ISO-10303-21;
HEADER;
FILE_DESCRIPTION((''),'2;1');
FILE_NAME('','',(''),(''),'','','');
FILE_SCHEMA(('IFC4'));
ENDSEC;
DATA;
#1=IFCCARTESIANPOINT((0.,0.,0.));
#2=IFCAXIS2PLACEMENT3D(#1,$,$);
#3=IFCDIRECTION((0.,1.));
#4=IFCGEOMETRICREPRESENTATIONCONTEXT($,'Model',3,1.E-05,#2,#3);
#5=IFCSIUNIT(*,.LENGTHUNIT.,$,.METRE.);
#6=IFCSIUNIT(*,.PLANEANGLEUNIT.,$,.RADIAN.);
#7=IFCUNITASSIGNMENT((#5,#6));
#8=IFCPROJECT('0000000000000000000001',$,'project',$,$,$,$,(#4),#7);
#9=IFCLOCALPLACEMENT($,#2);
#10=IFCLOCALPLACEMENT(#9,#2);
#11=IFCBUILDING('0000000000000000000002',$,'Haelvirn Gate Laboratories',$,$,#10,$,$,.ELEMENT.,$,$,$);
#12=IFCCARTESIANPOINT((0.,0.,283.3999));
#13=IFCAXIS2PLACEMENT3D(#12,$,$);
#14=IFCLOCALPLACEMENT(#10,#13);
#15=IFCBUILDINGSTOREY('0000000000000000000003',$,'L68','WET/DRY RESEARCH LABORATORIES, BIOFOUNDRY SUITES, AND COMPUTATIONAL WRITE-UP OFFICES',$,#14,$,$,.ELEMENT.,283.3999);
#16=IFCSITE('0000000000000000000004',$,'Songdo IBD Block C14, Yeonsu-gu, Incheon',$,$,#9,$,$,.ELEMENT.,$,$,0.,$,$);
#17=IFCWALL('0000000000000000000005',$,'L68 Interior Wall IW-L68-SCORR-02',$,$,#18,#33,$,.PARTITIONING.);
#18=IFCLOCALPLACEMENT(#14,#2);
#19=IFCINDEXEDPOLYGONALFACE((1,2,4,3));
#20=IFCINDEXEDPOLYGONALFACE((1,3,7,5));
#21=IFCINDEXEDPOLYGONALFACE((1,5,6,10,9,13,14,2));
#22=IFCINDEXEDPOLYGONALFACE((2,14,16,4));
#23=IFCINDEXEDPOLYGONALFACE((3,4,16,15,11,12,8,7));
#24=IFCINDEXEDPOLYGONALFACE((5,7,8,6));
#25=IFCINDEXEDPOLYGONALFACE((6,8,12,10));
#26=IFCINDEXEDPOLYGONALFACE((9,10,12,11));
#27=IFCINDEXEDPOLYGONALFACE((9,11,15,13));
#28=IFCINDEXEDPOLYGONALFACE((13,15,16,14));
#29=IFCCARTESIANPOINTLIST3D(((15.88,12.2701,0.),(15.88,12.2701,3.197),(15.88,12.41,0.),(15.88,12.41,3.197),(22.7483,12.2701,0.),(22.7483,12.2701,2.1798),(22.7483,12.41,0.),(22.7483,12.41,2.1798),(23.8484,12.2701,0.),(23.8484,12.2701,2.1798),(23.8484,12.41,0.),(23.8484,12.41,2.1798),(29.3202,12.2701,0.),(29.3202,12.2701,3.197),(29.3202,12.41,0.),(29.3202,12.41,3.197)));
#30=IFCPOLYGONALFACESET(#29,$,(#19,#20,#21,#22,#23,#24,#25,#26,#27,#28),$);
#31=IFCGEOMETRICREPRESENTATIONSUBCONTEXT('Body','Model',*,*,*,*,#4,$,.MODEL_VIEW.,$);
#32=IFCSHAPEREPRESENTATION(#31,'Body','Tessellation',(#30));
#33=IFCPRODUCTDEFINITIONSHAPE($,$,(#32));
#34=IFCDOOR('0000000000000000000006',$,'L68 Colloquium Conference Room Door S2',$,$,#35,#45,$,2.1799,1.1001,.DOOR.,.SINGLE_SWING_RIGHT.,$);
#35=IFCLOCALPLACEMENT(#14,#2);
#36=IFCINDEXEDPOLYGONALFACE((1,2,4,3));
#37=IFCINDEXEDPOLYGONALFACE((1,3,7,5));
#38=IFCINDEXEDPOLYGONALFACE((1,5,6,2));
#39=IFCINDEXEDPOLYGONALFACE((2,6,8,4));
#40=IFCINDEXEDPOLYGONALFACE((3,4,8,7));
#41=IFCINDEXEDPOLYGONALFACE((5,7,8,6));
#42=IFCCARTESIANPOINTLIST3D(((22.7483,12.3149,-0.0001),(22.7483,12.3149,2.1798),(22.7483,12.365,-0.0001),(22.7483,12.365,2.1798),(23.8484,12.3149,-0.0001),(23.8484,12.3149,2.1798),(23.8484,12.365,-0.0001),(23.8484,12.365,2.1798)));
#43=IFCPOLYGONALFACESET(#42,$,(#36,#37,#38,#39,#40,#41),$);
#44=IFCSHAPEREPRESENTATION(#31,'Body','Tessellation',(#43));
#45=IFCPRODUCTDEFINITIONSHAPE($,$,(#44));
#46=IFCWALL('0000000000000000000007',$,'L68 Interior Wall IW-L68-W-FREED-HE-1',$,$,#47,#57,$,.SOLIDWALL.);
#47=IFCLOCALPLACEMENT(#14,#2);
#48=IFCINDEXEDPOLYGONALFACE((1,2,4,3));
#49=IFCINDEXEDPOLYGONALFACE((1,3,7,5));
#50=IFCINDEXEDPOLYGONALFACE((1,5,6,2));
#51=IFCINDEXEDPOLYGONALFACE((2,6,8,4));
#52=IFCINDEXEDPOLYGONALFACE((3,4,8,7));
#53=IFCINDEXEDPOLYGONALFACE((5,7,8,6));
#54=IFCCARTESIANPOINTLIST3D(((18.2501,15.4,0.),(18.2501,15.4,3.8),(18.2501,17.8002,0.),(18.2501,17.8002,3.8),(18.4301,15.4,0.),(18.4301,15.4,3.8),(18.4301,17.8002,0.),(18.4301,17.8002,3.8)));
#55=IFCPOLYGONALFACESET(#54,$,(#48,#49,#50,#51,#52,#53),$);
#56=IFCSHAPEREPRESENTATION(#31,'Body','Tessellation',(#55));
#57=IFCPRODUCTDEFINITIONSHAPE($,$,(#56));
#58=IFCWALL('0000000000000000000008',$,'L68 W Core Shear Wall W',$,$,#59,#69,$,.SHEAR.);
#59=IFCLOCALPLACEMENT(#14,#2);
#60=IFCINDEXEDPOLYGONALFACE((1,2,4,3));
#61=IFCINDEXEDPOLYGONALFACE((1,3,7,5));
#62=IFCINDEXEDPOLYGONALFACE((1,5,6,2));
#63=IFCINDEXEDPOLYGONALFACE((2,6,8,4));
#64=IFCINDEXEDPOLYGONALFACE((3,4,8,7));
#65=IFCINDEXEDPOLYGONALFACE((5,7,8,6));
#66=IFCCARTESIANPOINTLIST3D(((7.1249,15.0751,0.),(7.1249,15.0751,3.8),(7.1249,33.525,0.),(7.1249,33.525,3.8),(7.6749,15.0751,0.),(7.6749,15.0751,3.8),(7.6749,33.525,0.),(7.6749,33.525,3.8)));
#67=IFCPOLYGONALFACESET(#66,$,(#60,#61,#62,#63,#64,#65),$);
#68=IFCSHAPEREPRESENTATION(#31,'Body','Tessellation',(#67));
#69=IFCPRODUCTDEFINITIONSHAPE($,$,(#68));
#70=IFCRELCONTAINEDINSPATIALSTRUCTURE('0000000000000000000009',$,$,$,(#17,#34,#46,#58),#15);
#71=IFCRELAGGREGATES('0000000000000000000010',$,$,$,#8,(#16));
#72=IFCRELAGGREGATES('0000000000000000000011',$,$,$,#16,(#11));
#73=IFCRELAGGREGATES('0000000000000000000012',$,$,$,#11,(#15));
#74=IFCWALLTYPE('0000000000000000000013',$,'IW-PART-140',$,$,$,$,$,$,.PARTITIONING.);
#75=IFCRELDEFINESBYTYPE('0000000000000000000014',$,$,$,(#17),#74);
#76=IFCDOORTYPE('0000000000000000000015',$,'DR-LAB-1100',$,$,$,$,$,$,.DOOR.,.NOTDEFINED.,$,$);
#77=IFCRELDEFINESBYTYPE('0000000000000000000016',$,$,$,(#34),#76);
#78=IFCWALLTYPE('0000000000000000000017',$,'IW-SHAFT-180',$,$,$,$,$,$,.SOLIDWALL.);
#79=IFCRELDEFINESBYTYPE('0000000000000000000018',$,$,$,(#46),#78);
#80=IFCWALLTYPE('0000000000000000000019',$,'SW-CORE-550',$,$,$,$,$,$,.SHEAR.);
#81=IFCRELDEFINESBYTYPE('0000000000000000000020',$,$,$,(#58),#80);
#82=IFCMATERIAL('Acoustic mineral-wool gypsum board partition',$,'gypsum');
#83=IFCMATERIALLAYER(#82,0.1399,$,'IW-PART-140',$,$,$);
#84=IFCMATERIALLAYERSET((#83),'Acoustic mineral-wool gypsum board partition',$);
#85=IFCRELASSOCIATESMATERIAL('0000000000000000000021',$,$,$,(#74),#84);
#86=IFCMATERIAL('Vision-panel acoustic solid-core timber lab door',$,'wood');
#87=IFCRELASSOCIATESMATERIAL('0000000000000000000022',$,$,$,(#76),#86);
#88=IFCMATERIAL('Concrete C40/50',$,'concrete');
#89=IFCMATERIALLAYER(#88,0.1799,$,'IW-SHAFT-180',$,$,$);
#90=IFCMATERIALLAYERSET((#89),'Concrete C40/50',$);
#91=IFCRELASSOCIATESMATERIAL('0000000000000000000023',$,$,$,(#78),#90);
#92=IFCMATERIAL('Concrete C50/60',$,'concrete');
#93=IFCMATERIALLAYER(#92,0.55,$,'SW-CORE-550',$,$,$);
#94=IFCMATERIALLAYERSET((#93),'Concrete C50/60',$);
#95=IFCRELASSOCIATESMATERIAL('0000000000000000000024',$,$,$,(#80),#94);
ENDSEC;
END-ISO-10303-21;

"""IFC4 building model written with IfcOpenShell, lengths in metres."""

from ifc_helpers import new_model, si_unit, direction, frame, frame_2d, origin, place, context, subcontext, project, spatial, rectangle, extrude, source, transform, mapped, material, layer, layer_set, type_object, type_shapes, element, fill, save


model = new_model("IFC4")

# Units and contexts
model_context = context("Model", 3, precision=1e-05, world=origin(), true_north=direction((0.0, 1.0)))
body_context = subcontext(model_context, "Body", "Model", "MODEL_VIEW")
ifc_project = project(units=[si_unit("LENGTHUNIT", "METRE"), si_unit("PLANEANGLEUNIT", "RADIAN")], contexts=[model_context])

# Site, building, storey
site_placement = place(None, origin())
site = spatial("IfcSite", under=ifc_project, at=site_placement, Name="Songdo IBD Block C14, Yeonsu-gu, Incheon", CompositionType="ELEMENT", RefElevation=0.0)
building_placement = place(site_placement, origin())
building = spatial("IfcBuilding", under=site, at=building_placement, Name="Haelvirn Gate Laboratories", CompositionType="ELEMENT")
storey_placement = place(building_placement, frame((0.0, 0.0, 283.3999)))
storey = spatial("IfcBuildingStorey", under=building, at=storey_placement, Name="L68", Description="WET/DRY RESEARCH LABORATORIES, BIOFOUNDRY SUITES, AND COMPUTATIONAL WRITE-UP OFFICES", CompositionType="ELEMENT", Elevation=283.3999)

# Shared definitions
ifc_material_1 = material(Name="Concrete C50/60", Category="concrete")

# Wall, opening, door
ifc_material_2 = material(Name="Acoustic mineral-wool gypsum board partition", Category="gypsum")
ifc_layer_1 = layer(ifc_material_2, 0.1399, Name="IW-PART-140")
ifc_layer_set_1 = layer_set([ifc_layer_1], Name="Acoustic mineral-wool gypsum board partition")
wall_type_1 = type_object("IfcWallType", Name="IW-PART-140", PredefinedType="PARTITIONING", material=ifc_layer_set_1)
wall_1_placement = place(storey_placement, frame((15.8799, 12.3401, 0.0), z_axis=(0.0, 0.0, 1.0), x_axis=(1.0, 0.0, 0.0)))
wall_1 = element("IfcWall", 1, at=wall_1_placement, inside=storey, type_object=wall_type_1, Name="L68 Interior Wall IW-L68-SCORR-02", PredefinedType="PARTITIONING", context=body_context, shape_type="SweptSolid", body=[
    extrude(rectangle(XDim=13.4402, YDim=0.1399, at=frame_2d((6.7202, 0.0))), origin(), (0.0, 0.0, 1.0), 3.197),
])
opening_placement = place(wall_1_placement, frame((6.8684, 0.0, 0.0)))
opening = element("IfcOpeningElement", 2, at=opening_placement, cuts=wall_1, PredefinedType="OPENING", context=body_context, shape_type="SweptSolid", body=[
    extrude(rectangle(XDim=1.1001, YDim=2.1799, at=frame_2d((0.55, 1.0898))), frame((0.0, 0.0801, 0.0), z_axis=(0.0, -1.0, 0.0), x_axis=(1.0, 0.0, 0.0)), (0.0, 0.0, 1.0), 0.1599),
])
ifc_material_3 = material(Name="Vision-panel acoustic solid-core timber lab door", Category="wood")
door_type = type_object("IfcDoorType", Name="DR-LAB-1100", OperationType="NOTDEFINED", PredefinedType="DOOR", material=ifc_material_3)
shared_shape_1 = source(origin(), body_context, "Body", "SweptSolid", [
    extrude(rectangle(XDim=1.1001, YDim=2.1799, at=frame_2d((0.55, 1.0898))), frame((0.0, 0.0249, 0.0), z_axis=(0.0, -1.0, 0.0), x_axis=(1.0, 0.0, 0.0)), (0.0, 0.0, 1.0), 0.05),
])
type_shapes(door_type, [shared_shape_1])
door_placement = place(opening_placement, origin())
door = element("IfcDoor", 3, at=door_placement, inside=storey, type_object=door_type, Name="L68 Colloquium Conference Room Door S2", OperationType="SINGLE_SWING_RIGHT", OverallHeight=2.1799, OverallWidth=1.1001, PredefinedType="DOOR", context=body_context, shape_type="MappedRepresentation", body=[
    mapped(shared_shape_1, transform((0.0, 0.0, 0.0), scale=1.0)),
])
fill(opening, door)

# Walls
ifc_material_4 = material(Name="Concrete C40/50", Category="concrete")
ifc_layer_2 = layer(ifc_material_4, 0.1799, Name="IW-SHAFT-180")
ifc_layer_set_2 = layer_set([ifc_layer_2], Name="Concrete C40/50")
wall_type_2 = type_object("IfcWallType", Name="IW-SHAFT-180", PredefinedType="SOLIDWALL", material=ifc_layer_set_2)
wall_2_placement = place(storey_placement, frame((18.3401, 15.3999, 0.0), z_axis=(0.0, 0.0, 1.0), x_axis=(0.0, 1.0, 0.0)))
element("IfcWall", 4, at=wall_2_placement, inside=storey, type_object=wall_type_2, Name="L68 Interior Wall IW-L68-W-FREED-HE-1", PredefinedType="SOLIDWALL", context=body_context, shape_type="SweptSolid", body=[
    extrude(rectangle(XDim=2.4001, YDim=0.1799, at=frame_2d((1.2002, 0.0))), origin(), (0.0, 0.0, 1.0), 3.8),
])
ifc_layer_3 = layer(ifc_material_1, 0.55, Name="SW-CORE-550")
ifc_layer_set_3 = layer_set([ifc_layer_3], Name="Concrete C50/60")
wall_type_3 = type_object("IfcWallType", Name="SW-CORE-550", PredefinedType="SHEAR", material=ifc_layer_set_3)
wall_3_placement = place(storey_placement, frame((7.3999, 15.075, 0.0), z_axis=(0.0, 0.0, 1.0), x_axis=(0.0, 1.0, 0.0)))
element("IfcWall", 5, at=wall_3_placement, inside=storey, type_object=wall_type_3, Name="L68 W Core Shear Wall W", PredefinedType="SHEAR", context=body_context, shape_type="SweptSolid", body=[
    extrude(rectangle(XDim=18.45, YDim=0.55, at=frame_2d((9.2251, 0.0))), origin(), (0.0, 0.0, 1.0), 3.8),
])

save(model, "model.ifc")
